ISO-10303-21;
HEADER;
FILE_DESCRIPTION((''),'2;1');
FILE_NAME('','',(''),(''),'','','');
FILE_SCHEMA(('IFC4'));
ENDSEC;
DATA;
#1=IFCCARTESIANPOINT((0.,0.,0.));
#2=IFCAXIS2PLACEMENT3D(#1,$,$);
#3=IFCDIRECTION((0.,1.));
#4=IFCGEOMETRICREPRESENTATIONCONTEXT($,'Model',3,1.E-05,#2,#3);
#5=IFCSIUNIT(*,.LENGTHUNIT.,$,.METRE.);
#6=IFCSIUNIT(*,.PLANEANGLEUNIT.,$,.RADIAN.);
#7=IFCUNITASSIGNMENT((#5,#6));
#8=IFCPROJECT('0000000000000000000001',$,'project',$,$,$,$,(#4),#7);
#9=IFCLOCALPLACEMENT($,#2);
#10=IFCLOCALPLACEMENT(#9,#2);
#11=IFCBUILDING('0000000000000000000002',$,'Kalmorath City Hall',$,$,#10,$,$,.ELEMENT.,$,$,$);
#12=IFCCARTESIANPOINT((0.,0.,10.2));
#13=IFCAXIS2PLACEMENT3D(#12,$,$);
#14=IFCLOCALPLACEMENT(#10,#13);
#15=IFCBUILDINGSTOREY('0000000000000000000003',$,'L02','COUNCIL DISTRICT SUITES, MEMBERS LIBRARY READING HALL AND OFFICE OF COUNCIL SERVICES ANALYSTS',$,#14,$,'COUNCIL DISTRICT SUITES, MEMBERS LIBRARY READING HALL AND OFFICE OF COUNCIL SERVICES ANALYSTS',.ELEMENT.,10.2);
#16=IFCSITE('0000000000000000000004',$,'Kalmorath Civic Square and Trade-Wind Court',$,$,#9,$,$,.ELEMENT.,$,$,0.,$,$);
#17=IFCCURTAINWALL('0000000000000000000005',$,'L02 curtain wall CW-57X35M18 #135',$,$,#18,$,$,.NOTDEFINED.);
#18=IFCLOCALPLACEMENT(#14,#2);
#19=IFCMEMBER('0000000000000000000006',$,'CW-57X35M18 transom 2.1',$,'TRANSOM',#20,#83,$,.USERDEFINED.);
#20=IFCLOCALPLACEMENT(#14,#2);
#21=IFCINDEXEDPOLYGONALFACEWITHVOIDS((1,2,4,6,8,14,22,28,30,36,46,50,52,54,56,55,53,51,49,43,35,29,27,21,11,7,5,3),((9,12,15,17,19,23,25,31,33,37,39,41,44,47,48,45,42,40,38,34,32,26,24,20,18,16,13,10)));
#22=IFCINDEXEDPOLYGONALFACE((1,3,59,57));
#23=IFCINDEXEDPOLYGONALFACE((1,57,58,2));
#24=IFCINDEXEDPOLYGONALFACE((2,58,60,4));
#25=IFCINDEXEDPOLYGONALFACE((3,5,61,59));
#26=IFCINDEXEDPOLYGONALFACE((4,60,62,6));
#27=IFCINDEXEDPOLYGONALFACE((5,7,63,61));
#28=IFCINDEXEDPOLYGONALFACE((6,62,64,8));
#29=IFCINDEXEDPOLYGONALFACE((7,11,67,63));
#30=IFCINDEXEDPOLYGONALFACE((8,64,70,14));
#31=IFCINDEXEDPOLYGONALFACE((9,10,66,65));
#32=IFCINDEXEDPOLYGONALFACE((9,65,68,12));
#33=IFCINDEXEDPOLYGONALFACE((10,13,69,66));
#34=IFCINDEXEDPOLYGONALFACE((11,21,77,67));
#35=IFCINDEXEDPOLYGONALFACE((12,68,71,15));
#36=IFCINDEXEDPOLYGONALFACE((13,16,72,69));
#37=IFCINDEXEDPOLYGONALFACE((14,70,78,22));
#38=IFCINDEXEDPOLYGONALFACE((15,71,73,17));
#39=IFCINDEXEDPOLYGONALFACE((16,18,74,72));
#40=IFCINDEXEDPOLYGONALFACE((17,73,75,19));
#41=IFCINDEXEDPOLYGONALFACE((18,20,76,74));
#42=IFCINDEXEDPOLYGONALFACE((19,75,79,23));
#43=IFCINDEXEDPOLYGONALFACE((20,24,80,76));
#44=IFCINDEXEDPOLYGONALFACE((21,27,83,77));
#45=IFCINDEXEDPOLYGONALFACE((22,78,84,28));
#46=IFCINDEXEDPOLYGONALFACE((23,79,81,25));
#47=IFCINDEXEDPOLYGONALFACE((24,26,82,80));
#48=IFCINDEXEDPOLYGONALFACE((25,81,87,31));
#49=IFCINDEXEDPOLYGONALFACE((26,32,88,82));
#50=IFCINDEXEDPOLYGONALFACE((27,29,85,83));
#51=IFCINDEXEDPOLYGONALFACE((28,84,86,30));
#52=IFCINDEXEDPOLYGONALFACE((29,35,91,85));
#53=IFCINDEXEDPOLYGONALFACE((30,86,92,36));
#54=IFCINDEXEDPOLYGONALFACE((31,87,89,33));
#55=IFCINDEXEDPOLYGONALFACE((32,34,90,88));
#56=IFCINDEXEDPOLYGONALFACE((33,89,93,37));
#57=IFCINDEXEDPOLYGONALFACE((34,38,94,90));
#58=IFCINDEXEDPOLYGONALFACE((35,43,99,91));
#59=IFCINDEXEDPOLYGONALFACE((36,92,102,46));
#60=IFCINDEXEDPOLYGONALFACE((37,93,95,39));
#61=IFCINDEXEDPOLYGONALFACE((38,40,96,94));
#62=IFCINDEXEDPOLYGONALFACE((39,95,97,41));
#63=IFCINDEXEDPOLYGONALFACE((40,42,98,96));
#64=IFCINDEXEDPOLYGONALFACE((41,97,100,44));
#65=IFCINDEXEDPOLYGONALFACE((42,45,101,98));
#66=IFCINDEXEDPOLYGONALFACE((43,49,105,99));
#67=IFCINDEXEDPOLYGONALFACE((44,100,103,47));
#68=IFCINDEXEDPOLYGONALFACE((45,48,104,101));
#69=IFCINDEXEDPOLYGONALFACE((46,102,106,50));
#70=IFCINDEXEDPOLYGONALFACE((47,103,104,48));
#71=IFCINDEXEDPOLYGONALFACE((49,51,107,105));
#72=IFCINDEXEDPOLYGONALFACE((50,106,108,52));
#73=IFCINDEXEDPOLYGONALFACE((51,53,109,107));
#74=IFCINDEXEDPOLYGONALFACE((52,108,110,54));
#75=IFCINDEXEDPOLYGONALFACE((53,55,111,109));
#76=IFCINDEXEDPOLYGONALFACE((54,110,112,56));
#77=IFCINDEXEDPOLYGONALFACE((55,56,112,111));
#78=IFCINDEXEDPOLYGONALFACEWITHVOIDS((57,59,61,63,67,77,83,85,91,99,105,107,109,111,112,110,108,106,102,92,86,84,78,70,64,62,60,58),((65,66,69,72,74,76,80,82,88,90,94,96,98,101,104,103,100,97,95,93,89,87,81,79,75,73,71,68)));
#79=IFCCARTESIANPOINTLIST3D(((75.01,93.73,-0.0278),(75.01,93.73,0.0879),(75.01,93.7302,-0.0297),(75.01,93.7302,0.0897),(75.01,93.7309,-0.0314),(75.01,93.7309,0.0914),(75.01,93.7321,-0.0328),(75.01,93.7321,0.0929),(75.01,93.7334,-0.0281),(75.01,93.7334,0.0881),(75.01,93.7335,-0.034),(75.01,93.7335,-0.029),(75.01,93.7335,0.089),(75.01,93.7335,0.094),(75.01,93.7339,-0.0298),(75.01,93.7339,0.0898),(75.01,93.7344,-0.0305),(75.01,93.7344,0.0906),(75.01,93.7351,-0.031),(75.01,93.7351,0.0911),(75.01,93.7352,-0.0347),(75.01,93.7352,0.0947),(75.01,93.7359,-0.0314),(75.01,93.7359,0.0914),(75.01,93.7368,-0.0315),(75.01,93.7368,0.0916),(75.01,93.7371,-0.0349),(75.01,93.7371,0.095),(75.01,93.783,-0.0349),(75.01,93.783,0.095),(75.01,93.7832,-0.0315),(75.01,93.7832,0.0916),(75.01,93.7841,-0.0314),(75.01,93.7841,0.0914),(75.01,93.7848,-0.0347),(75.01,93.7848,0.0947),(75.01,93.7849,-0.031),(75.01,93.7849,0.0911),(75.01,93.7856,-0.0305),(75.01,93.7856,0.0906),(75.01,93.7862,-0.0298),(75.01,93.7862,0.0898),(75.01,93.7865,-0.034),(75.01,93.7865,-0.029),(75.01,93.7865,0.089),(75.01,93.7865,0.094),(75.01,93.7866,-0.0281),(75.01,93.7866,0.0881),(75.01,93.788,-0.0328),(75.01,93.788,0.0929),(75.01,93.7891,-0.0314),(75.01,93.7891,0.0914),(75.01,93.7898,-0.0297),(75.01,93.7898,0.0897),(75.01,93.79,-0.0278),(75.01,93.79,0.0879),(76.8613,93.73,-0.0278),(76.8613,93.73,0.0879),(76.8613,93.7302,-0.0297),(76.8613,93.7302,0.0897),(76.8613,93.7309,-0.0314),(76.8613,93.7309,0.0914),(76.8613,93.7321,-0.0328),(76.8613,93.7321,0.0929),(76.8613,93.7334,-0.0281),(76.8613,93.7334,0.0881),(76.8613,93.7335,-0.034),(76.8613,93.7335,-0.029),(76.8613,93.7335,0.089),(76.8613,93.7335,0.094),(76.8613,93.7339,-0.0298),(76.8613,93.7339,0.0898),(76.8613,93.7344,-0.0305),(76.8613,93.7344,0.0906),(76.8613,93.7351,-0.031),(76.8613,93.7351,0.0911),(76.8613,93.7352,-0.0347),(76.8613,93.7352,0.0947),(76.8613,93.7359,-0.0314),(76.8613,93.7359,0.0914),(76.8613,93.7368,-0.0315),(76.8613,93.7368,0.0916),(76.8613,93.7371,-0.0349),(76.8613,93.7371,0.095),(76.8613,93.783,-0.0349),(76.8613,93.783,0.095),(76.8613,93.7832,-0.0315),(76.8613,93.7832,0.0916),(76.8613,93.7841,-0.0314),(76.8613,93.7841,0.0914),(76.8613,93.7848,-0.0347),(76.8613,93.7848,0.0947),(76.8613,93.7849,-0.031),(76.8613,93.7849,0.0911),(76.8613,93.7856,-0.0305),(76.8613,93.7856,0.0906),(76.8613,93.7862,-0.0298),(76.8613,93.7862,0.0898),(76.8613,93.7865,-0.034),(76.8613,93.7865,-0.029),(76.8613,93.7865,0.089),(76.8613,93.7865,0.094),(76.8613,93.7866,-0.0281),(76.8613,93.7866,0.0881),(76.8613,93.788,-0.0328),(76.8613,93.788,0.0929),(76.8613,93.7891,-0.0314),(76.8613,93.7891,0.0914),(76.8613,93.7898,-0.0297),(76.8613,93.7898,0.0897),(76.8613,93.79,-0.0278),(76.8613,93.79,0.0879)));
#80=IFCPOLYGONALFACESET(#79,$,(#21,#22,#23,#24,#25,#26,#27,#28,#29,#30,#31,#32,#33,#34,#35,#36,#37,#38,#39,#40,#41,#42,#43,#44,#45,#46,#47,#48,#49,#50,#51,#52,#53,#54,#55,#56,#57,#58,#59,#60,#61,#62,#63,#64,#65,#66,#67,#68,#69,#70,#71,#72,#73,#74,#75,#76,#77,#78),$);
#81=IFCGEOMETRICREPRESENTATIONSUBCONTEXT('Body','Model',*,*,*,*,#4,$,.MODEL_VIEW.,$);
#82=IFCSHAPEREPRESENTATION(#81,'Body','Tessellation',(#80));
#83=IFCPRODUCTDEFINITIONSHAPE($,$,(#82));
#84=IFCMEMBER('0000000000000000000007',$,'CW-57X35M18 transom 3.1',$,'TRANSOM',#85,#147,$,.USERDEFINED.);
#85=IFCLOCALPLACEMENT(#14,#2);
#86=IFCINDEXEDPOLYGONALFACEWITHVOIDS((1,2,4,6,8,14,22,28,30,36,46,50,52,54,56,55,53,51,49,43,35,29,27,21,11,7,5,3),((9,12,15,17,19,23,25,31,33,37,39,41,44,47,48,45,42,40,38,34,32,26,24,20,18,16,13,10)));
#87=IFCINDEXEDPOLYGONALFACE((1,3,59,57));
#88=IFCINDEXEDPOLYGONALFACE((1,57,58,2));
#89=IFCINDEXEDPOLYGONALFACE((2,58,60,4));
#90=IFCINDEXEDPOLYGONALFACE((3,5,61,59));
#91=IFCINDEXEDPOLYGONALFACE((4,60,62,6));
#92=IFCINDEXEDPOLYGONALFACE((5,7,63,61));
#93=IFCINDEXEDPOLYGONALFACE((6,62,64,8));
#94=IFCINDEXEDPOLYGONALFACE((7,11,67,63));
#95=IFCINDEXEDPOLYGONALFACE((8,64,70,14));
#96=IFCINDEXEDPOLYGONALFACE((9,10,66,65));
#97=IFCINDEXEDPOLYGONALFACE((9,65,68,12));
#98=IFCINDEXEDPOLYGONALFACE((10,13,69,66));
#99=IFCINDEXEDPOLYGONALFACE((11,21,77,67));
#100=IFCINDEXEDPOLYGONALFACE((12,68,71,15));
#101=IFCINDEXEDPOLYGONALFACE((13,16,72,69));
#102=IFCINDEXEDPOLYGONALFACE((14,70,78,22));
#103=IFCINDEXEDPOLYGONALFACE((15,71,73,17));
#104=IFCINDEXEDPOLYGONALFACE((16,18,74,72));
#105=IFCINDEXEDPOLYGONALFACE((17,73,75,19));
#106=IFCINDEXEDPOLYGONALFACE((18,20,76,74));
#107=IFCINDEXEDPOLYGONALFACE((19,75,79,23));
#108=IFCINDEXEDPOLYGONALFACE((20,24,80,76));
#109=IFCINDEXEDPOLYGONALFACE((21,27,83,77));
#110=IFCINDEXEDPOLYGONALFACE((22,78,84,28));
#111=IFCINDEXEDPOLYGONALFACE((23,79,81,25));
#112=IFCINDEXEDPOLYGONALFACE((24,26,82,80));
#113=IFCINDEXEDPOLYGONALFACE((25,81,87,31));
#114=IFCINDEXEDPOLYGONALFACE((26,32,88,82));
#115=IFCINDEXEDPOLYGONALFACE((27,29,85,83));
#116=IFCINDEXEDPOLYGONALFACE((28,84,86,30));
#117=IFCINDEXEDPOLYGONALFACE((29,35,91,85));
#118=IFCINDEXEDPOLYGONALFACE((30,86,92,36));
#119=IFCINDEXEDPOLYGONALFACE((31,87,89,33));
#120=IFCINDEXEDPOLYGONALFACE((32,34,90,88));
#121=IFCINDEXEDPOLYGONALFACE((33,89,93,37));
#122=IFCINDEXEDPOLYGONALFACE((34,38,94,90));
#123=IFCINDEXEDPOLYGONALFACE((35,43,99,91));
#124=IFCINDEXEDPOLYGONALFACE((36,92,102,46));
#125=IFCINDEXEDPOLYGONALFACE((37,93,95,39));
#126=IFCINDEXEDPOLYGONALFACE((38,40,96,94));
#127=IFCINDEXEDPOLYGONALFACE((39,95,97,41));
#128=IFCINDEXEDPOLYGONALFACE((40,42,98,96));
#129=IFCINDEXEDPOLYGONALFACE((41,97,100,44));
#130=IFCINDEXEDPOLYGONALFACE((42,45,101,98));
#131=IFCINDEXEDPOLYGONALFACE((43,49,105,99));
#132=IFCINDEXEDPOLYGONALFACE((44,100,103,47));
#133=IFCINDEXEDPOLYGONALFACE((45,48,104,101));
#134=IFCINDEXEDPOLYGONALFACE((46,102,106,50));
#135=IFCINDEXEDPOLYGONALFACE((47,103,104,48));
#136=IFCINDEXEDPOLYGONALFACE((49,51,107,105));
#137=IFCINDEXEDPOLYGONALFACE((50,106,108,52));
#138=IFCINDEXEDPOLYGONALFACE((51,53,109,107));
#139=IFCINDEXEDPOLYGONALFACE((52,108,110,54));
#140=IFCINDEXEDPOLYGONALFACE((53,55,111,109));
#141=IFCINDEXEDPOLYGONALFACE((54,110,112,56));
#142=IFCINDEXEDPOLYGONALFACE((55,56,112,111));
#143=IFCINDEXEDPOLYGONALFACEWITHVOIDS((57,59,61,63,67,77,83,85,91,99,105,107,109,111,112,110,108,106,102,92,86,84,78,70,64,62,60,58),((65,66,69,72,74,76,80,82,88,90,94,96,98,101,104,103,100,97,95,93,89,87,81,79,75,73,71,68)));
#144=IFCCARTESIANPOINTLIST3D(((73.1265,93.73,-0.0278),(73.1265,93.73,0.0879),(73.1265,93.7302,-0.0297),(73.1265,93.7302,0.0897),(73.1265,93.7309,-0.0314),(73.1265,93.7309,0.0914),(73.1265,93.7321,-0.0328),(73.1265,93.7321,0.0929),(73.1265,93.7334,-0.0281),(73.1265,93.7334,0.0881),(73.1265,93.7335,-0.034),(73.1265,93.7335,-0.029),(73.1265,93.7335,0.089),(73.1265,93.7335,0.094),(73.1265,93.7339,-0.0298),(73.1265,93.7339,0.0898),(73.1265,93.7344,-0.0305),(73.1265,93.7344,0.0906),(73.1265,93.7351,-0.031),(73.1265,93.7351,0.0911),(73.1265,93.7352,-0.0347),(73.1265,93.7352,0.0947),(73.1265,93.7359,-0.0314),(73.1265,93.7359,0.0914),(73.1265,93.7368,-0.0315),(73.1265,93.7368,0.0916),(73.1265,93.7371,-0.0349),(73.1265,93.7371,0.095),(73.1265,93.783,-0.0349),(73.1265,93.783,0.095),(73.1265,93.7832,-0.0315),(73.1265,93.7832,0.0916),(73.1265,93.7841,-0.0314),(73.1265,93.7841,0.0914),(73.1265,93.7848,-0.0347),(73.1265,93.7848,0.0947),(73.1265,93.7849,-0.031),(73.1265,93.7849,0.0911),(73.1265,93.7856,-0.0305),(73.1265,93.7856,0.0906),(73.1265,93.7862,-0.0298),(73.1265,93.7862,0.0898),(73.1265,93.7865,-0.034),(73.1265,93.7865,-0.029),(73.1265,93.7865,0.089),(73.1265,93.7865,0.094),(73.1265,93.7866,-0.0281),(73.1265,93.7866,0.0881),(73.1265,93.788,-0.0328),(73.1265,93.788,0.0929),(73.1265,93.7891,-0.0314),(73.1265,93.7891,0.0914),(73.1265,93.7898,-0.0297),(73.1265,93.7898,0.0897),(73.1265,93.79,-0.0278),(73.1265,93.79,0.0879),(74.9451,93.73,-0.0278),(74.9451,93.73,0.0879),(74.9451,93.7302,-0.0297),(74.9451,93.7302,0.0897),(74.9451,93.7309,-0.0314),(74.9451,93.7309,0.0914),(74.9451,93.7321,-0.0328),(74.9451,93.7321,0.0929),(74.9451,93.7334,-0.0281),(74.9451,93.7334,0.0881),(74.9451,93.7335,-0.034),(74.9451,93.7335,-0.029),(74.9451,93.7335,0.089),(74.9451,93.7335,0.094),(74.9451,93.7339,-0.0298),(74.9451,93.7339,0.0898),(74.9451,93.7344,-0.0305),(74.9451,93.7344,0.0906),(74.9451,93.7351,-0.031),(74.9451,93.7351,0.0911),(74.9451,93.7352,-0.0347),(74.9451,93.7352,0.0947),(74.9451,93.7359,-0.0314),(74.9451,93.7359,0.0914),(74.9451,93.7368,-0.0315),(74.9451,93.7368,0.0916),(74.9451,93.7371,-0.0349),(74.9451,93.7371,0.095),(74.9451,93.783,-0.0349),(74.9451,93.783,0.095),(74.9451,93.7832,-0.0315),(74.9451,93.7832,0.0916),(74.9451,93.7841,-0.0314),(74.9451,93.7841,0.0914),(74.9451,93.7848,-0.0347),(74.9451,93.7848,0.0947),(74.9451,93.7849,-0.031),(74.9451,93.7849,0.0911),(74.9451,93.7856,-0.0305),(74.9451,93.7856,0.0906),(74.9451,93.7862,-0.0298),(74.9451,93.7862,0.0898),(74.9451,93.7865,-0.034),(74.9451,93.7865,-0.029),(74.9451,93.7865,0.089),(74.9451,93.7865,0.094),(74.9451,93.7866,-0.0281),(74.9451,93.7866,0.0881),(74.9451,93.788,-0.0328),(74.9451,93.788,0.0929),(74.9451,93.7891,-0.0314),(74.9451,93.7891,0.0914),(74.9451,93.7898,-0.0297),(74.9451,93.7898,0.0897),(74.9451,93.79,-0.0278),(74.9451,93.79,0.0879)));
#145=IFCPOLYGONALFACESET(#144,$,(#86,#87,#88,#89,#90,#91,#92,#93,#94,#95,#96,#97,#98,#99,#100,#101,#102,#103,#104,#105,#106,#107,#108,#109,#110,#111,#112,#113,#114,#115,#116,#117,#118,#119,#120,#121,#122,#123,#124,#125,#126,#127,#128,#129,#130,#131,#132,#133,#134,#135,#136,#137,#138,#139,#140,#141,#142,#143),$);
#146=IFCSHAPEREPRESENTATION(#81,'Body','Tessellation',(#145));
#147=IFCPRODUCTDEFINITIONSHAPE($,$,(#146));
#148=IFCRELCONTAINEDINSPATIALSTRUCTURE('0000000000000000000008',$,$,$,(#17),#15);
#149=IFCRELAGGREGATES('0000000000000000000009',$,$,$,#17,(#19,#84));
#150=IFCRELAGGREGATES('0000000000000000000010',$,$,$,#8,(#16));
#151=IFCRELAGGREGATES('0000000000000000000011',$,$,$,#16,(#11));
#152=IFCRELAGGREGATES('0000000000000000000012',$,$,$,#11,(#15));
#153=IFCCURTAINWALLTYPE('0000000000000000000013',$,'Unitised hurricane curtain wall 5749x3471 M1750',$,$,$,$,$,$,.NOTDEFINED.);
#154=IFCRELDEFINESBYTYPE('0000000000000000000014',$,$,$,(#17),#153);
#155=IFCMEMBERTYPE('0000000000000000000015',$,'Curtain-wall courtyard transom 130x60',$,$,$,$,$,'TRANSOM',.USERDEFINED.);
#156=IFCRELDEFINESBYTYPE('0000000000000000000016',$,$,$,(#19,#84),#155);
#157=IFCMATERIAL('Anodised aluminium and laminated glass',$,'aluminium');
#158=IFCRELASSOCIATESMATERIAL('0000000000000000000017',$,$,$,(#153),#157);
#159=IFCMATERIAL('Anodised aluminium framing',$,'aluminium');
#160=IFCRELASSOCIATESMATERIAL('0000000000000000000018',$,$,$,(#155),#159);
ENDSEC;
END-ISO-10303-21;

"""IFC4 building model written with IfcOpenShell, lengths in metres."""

from ifc_helpers import new_model, si_unit, direction, frame, origin, origin_2d, place, context, subcontext, project, spatial, hollow_rectangle, extrude, material, material_profile, profile_set, type_object, element, aggregate, save


model = new_model("IFC4")

# Units and contexts
model_context = context("Model", 3, precision=1e-05, world=origin(), true_north=direction((0.0, 1.0)))
body_context = subcontext(model_context, "Body", "Model", "MODEL_VIEW")
ifc_project = project(units=[si_unit("LENGTHUNIT", "METRE"), si_unit("PLANEANGLEUNIT", "RADIAN")], contexts=[model_context])

# Site, building, storey
site_placement = place(None, origin())
site = spatial("IfcSite", under=ifc_project, at=site_placement, Name="Kalmorath Civic Square and Trade-Wind Court", CompositionType="ELEMENT", RefElevation=0.0)
building_placement = place(site_placement, origin())
building = spatial("IfcBuilding", under=site, at=building_placement, Name="Kalmorath City Hall", CompositionType="ELEMENT")
storey_placement = place(building_placement, frame((0.0, 0.0, 10.2)))
storey = spatial("IfcBuildingStorey", under=building, at=storey_placement, Name="L02", Description="COUNCIL DISTRICT SUITES, MEMBERS LIBRARY READING HALL AND OFFICE OF COUNCIL SERVICES ANALYSTS", LongName="COUNCIL DISTRICT SUITES, MEMBERS LIBRARY READING HALL AND OFFICE OF COUNCIL SERVICES ANALYSTS", CompositionType="ELEMENT", Elevation=10.2)

# Curtain wall, members
ifc_material_1 = material(Name="Anodised aluminium and laminated glass", Category="aluminium")
curtain_wall_type = type_object("IfcCurtainWallType", Name="Unitised hurricane curtain wall 5749x3471 M1750", PredefinedType="NOTDEFINED", material=ifc_material_1)
curtain_wall_placement = place(storey_placement, origin())
curtain_wall = element("IfcCurtainWall", 1, at=curtain_wall_placement, inside=storey, type_object=curtain_wall_type, Name="L02 curtain wall CW-57X35M18 #135", PredefinedType="NOTDEFINED")
ifc_material_2 = material(Name="Anodised aluminium framing", Category="aluminium")
ifc_material_profile_1 = material_profile(ifc_material_2, hollow_rectangle(XDim=0.0601, YDim=0.1299, WallThickness=0.0034, InnerFilletRadius=0.0034, OuterFilletRadius=0.0071, at=origin_2d()), Name="ALU-TRN-130X60X3.5")
ifc_profile_set_1 = profile_set([ifc_material_profile_1], Name="Anodised aluminium framing")
member_type_1 = type_object("IfcMemberType", Name="Curtain-wall courtyard transom 130x60", ElementType="TRANSOM", PredefinedType="USERDEFINED", material=ifc_profile_set_1)
member_1_placement = place(storey_placement, frame((76.8613, 93.76, 0.03), z_axis=(-1.0, 0.0, 0.0), x_axis=(0.0, -1.0, 0.0)))
member_1 = element("IfcMember", 2, at=member_1_placement, type_object=member_type_1, Name="CW-57X35M18 transom 2.1", ObjectType="TRANSOM", PredefinedType="USERDEFINED", context=body_context, shape_type="SweptSolid", body=[
    extrude(hollow_rectangle(XDim=0.0601, YDim=0.1299, WallThickness=0.0034, InnerFilletRadius=0.0034, OuterFilletRadius=0.0071, at=origin_2d()), origin(), (0.0, 0.0, 1.0), 1.8513),
])
member_2_placement = place(storey_placement, frame((74.9451, 93.76, 0.03), z_axis=(-1.0, 0.0, 0.0), x_axis=(0.0, -1.0, 0.0)))
member_2 = element("IfcMember", 3, at=member_2_placement, type_object=member_type_1, Name="CW-57X35M18 transom 3.1", ObjectType="TRANSOM", PredefinedType="USERDEFINED", context=body_context, shape_type="SweptSolid", body=[
    extrude(hollow_rectangle(XDim=0.0601, YDim=0.1299, WallThickness=0.0034, InnerFilletRadius=0.0034, OuterFilletRadius=0.0071, at=origin_2d()), origin(), (0.0, 0.0, 1.0), 1.8186),
])

aggregate(curtain_wall, [member_1, member_2])

save(model, "model.ifc")
